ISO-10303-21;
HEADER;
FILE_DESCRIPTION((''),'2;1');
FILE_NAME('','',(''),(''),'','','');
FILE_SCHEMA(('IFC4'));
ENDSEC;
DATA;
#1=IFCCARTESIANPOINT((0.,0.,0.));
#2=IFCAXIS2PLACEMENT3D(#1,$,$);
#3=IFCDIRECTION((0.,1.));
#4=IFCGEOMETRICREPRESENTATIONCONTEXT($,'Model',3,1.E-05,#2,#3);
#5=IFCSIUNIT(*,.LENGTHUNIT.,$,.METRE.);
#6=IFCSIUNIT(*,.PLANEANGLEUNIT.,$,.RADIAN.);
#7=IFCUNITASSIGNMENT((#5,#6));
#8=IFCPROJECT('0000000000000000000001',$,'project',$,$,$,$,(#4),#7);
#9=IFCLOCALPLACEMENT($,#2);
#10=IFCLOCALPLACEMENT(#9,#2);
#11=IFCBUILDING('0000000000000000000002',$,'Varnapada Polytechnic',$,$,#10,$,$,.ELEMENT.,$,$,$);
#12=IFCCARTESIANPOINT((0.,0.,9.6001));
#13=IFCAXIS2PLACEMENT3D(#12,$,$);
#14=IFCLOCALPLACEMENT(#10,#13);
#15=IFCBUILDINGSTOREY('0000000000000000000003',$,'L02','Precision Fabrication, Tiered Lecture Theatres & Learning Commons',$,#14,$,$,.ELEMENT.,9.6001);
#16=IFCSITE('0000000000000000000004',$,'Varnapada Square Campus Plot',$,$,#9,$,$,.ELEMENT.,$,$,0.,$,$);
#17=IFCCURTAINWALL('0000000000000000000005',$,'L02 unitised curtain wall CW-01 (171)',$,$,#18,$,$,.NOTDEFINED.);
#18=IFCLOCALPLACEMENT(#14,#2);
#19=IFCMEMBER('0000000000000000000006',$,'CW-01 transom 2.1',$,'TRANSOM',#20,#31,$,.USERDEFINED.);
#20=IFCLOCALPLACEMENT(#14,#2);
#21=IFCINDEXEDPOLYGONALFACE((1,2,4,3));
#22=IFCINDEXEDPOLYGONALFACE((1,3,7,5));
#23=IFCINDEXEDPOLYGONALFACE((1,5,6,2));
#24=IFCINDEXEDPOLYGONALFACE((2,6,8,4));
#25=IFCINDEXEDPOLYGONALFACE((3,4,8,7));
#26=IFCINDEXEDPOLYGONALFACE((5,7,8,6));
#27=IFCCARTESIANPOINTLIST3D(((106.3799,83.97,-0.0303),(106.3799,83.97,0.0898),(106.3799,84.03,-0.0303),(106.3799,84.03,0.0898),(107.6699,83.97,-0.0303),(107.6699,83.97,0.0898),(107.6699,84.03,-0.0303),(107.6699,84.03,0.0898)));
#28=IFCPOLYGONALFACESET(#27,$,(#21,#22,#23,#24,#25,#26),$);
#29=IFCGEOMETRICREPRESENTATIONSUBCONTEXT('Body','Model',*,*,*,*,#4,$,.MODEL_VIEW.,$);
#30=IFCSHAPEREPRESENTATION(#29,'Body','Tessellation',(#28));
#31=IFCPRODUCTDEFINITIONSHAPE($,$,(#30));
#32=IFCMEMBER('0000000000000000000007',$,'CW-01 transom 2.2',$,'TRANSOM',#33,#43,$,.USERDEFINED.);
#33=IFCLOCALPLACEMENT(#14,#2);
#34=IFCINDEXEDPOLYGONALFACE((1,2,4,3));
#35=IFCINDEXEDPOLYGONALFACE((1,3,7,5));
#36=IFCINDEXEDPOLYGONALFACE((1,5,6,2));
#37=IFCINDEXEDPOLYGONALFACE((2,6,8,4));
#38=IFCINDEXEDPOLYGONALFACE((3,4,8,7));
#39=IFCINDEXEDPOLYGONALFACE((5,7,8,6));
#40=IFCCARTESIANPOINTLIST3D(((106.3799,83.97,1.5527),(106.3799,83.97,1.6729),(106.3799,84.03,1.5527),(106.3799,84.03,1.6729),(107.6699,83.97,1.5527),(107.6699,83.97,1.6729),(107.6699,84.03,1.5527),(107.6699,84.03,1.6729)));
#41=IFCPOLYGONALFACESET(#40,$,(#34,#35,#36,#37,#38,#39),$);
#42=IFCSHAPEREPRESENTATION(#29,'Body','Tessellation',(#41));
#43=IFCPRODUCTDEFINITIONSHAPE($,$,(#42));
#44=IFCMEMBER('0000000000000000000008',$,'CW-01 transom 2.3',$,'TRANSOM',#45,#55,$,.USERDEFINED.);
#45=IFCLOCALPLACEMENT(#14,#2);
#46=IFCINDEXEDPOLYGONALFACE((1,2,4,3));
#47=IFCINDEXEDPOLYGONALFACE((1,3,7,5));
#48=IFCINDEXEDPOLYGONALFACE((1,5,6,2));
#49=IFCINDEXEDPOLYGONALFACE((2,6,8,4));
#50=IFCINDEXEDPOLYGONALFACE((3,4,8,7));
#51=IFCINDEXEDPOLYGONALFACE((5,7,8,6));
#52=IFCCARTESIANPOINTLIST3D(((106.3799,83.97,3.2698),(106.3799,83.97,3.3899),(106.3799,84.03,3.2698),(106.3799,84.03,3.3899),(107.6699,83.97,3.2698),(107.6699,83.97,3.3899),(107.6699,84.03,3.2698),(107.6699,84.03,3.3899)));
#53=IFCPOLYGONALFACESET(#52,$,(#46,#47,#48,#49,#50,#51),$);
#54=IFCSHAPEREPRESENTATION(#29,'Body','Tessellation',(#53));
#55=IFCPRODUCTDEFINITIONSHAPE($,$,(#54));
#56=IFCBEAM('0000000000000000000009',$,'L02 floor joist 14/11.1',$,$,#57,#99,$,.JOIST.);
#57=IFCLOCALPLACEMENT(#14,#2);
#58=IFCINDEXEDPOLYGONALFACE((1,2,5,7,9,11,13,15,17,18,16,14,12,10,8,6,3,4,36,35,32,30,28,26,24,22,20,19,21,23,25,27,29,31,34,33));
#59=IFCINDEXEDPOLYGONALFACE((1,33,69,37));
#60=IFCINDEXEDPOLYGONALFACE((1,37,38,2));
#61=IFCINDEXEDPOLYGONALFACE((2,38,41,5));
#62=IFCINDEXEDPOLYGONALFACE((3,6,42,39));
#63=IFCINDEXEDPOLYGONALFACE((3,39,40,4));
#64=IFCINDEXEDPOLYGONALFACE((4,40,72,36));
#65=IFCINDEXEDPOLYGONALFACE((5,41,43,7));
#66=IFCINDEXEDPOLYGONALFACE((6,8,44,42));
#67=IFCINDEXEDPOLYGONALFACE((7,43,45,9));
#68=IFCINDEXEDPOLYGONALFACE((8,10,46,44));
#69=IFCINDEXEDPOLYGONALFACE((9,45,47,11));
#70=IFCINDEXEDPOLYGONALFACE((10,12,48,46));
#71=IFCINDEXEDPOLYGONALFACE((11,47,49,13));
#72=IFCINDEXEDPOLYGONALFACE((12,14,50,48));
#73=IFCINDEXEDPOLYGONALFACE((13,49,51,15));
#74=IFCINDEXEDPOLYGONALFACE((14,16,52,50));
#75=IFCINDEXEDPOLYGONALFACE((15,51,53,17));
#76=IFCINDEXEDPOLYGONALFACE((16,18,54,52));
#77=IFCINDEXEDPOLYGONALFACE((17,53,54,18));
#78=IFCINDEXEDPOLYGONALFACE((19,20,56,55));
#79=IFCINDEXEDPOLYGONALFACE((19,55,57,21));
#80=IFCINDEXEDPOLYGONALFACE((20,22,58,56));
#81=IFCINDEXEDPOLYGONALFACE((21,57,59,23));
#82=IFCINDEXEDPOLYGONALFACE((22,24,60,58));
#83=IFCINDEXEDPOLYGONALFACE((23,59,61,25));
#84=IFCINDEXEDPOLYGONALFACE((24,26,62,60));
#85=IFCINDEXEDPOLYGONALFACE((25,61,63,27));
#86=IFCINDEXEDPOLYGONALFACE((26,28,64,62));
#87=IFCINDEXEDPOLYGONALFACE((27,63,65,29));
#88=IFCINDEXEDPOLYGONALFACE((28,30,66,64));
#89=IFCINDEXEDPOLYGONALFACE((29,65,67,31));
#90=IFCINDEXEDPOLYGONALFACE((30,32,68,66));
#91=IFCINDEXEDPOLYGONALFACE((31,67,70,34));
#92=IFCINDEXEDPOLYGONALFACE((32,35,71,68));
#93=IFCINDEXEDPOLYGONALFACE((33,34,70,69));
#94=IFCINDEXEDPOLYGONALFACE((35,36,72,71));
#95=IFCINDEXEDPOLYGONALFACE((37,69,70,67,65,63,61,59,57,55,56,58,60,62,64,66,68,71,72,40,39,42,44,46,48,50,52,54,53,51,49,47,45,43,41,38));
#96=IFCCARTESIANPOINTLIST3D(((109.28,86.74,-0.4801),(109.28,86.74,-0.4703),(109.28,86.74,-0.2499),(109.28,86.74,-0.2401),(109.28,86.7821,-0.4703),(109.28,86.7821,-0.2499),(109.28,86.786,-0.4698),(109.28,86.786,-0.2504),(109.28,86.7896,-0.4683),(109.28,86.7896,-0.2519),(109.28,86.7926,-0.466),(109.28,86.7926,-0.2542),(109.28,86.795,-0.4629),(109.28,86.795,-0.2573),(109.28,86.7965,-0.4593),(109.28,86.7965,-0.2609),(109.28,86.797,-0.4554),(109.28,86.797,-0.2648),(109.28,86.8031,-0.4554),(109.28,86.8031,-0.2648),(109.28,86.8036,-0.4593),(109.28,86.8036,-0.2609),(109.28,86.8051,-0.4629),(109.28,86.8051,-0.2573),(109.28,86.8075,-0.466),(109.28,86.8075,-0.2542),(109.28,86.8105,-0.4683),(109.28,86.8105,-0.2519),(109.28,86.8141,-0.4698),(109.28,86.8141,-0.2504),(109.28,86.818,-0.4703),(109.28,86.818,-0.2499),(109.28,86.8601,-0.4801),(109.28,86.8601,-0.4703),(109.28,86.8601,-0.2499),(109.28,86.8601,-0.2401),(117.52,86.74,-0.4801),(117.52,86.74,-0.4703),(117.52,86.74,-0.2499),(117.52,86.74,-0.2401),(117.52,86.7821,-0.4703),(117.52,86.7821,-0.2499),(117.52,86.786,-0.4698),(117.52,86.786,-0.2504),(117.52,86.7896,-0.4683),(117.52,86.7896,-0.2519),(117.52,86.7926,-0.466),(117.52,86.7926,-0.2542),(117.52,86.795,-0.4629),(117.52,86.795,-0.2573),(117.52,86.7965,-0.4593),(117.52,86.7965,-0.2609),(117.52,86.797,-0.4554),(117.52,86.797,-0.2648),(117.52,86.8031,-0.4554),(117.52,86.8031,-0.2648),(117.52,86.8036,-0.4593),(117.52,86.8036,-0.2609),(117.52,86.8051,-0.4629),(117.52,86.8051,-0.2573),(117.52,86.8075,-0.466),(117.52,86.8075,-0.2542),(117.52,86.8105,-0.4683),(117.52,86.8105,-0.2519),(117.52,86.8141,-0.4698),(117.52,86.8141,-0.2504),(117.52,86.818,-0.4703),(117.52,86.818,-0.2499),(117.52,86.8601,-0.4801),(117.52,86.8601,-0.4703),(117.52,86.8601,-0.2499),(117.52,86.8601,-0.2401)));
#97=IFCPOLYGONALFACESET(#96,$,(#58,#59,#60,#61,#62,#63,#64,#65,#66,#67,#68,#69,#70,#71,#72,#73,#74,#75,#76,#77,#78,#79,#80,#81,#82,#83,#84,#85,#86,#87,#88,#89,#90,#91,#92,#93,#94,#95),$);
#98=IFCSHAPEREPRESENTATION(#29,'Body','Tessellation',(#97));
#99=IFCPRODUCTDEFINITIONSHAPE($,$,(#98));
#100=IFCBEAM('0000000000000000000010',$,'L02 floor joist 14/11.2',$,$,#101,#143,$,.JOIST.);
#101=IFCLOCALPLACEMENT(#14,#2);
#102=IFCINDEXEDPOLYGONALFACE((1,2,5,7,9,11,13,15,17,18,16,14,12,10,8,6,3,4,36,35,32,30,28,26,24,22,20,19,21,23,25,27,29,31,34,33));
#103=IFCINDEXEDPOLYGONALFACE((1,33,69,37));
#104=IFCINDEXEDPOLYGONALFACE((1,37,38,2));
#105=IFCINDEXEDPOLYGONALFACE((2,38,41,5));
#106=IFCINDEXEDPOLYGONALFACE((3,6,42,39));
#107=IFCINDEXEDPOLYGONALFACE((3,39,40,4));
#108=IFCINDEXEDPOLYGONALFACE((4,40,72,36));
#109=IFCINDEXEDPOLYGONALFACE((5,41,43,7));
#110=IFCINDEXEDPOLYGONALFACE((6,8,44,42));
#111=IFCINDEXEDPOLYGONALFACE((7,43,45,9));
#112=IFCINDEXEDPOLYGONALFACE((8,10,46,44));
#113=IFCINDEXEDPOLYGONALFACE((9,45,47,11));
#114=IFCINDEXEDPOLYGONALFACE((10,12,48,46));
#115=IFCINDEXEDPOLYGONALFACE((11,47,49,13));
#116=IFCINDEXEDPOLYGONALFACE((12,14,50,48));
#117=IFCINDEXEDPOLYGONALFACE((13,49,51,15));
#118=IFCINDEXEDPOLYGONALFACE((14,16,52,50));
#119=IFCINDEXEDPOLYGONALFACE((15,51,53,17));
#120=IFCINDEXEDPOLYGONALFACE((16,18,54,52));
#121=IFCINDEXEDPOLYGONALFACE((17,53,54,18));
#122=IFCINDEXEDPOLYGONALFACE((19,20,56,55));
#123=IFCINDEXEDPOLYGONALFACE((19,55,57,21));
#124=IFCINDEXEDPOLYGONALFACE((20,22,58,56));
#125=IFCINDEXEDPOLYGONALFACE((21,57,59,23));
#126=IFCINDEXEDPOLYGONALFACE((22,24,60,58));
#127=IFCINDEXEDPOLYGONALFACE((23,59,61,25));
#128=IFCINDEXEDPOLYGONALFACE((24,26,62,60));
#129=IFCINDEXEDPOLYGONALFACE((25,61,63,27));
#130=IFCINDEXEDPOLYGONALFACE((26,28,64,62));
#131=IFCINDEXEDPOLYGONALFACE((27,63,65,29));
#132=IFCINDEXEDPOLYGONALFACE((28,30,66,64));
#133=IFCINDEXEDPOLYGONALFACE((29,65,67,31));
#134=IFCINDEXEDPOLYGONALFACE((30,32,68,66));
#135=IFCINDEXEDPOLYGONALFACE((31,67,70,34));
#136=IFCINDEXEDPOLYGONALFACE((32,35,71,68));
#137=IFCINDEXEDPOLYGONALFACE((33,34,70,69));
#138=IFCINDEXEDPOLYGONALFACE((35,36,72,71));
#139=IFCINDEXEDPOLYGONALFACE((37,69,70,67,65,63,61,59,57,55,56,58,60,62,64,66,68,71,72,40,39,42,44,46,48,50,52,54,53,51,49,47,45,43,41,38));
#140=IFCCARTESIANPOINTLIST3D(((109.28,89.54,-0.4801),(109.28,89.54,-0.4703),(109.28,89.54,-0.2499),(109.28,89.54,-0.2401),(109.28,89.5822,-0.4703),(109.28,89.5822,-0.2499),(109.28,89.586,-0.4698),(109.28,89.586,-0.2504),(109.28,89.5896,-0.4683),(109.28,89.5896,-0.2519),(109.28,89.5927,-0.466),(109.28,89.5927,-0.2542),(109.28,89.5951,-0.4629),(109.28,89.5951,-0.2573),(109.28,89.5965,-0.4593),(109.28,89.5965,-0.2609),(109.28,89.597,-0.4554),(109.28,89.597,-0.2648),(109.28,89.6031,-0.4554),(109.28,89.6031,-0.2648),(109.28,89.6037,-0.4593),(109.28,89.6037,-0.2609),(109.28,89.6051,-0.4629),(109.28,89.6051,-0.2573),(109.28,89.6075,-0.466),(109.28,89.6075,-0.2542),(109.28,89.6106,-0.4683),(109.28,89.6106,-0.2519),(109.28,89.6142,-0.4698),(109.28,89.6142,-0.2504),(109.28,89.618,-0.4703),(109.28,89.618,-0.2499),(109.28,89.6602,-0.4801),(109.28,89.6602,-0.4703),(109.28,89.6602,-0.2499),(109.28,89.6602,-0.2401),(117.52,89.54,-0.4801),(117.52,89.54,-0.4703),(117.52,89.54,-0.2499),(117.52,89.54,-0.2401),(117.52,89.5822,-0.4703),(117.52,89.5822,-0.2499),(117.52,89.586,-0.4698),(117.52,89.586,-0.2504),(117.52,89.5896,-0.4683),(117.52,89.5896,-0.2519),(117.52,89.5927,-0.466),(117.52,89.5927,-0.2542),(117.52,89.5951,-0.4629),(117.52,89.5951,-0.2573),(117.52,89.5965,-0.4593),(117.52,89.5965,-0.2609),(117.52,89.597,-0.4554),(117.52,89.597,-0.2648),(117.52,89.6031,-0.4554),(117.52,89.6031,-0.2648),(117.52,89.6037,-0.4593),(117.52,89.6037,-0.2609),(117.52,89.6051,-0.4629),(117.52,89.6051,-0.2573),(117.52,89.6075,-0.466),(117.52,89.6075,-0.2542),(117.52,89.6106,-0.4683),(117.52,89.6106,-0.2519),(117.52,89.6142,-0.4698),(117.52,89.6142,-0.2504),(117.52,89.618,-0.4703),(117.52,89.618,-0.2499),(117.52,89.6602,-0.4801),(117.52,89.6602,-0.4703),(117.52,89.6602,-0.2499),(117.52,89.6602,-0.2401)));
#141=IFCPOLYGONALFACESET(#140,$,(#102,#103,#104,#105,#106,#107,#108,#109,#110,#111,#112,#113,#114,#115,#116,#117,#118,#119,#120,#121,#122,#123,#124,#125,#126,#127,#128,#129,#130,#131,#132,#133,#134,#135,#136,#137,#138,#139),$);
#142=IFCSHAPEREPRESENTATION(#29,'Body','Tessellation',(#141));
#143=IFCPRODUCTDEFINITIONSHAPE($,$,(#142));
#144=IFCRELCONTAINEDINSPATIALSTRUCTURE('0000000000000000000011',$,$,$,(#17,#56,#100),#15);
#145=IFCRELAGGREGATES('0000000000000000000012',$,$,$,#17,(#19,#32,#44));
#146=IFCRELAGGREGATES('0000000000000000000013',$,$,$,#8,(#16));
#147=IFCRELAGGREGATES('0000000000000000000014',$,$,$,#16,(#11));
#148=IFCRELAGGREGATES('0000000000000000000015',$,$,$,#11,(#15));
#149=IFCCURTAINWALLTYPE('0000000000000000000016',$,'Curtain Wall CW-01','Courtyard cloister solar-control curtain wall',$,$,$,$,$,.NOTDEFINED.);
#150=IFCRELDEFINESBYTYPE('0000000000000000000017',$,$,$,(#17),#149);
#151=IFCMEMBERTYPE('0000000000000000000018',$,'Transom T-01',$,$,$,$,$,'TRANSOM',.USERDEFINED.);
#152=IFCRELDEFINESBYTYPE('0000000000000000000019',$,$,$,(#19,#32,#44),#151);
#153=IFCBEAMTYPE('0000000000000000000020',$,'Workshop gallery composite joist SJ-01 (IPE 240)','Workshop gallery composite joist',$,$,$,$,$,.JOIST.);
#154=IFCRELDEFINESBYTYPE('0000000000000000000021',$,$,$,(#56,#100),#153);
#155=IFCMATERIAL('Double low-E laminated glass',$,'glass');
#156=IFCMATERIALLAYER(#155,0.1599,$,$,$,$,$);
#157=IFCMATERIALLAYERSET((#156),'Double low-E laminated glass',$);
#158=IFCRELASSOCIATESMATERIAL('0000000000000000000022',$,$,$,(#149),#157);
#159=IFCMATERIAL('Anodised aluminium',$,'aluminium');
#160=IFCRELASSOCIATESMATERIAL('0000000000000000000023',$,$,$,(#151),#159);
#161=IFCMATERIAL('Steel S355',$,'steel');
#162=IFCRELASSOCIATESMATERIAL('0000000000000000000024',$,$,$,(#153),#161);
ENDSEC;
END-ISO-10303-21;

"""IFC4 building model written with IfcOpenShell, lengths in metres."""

from ifc_helpers import new_model, si_unit, direction, frame, origin, origin_2d, place, context, subcontext, project, spatial, rectangle, i_section, extrude, material, layer, layer_set, material_profile, profile_set, type_object, element, aggregate, save


model = new_model("IFC4")

# Units and contexts
model_context = context("Model", 3, precision=1e-05, world=origin(), true_north=direction((0.0, 1.0)))
body_context = subcontext(model_context, "Body", "Model", "MODEL_VIEW")
ifc_project = project(units=[si_unit("LENGTHUNIT", "METRE"), si_unit("PLANEANGLEUNIT", "RADIAN")], contexts=[model_context])

# Site, building, storey
site_placement = place(None, origin())
site = spatial("IfcSite", under=ifc_project, at=site_placement, Name="Varnapada Square Campus Plot", CompositionType="ELEMENT", RefElevation=0.0)
building_placement = place(site_placement, origin())
building = spatial("IfcBuilding", under=site, at=building_placement, Name="Varnapada Polytechnic", CompositionType="ELEMENT")
storey_placement = place(building_placement, frame((0.0, 0.0, 9.6001)))
storey = spatial("IfcBuildingStorey", under=building, at=storey_placement, Name="L02", Description="Precision Fabrication, Tiered Lecture Theatres & Learning Commons", CompositionType="ELEMENT", Elevation=9.6001)

# Shared definitions
ifc_material_1 = material(Name="Steel S355", Category="steel")

# Curtain wall
ifc_material_2 = material(Name="Double low-E laminated glass", Category="glass")
ifc_layer_1 = layer(ifc_material_2, 0.1599)
ifc_layer_set_1 = layer_set([ifc_layer_1], Name="Double low-E laminated glass")
curtain_wall_type_1 = type_object("IfcCurtainWallType", Name="Curtain Wall CW-01", Description="Courtyard cloister solar-control curtain wall", PredefinedType="NOTDEFINED", material=ifc_layer_set_1)
curtain_wall_1_placement = place(storey_placement, origin())
curtain_wall_1 = element("IfcCurtainWall", 1, at=curtain_wall_1_placement, inside=storey, type_object=curtain_wall_type_1, Name="L02 unitised curtain wall CW-01 (171)", PredefinedType="NOTDEFINED")
ifc_material_3 = material(Name="Anodised aluminium", Category="aluminium")

# Members
ifc_material_profile_1 = material_profile(ifc_material_3, rectangle(XDim=0.0601, YDim=0.1201, at=origin_2d()), Name="ALU T60x120")
ifc_profile_set_1 = profile_set([ifc_material_profile_1], Name="Anodised aluminium")
member_type_1 = type_object("IfcMemberType", Name="Transom T-01", ElementType="TRANSOM", PredefinedType="USERDEFINED", material=ifc_profile_set_1)
member_1_placement = place(storey_placement, frame((107.6699, 84.0, 0.0298), z_axis=(-1.0, 0.0, 0.0), x_axis=(0.0, -1.0, 0.0)))
member_1 = element("IfcMember", 2, at=member_1_placement, type_object=member_type_1, Name="CW-01 transom 2.1", ObjectType="TRANSOM", PredefinedType="USERDEFINED", context=body_context, shape_type="SweptSolid", body=[
    extrude(rectangle(XDim=0.0601, YDim=0.1201, at=origin_2d()), origin(), (0.0, 0.0, 1.0), 1.29),
])
member_2_placement = place(storey_placement, frame((107.6699, 84.0, 1.6128), z_axis=(-1.0, 0.0, 0.0), x_axis=(0.0, -1.0, 0.0)))
member_2 = element("IfcMember", 3, at=member_2_placement, type_object=member_type_1, Name="CW-01 transom 2.2", ObjectType="TRANSOM", PredefinedType="USERDEFINED", context=body_context, shape_type="SweptSolid", body=[
    extrude(rectangle(XDim=0.0601, YDim=0.1201, at=origin_2d()), origin(), (0.0, 0.0, 1.0), 1.29),
])
member_3_placement = place(storey_placement, frame((107.6699, 84.0, 3.3298), z_axis=(-1.0, 0.0, 0.0), x_axis=(0.0, -1.0, 0.0)))
member_3 = element("IfcMember", 4, at=member_3_placement, type_object=member_type_1, Name="CW-01 transom 2.3", ObjectType="TRANSOM", PredefinedType="USERDEFINED", context=body_context, shape_type="SweptSolid", body=[
    extrude(rectangle(XDim=0.0601, YDim=0.1201, at=origin_2d()), origin(), (0.0, 0.0, 1.0), 1.29),
])

# Beams
ifc_material_profile_2 = material_profile(ifc_material_1, i_section(OverallWidth=0.1201, OverallDepth=0.24, WebThickness=0.0061, FlangeThickness=0.0098, FilletRadius=0.0149, at=origin_2d()), Name="IPE 240")
ifc_profile_set_2 = profile_set([ifc_material_profile_2], Name="Steel S355")
beam_type_1 = type_object("IfcBeamType", Name="Workshop gallery composite joist SJ-01 (IPE 240)", Description="Workshop gallery composite joist", PredefinedType="JOIST", material=ifc_profile_set_2)
for number, where, z_axis, x_axis, name in (
    (5, (109.28, 86.8, -0.3601), (1.0, 0.0, 0.0), (0.0, 1.0, 0.0), "L02 floor joist 14/11.1"),
    (6, (109.28, 89.6001, -0.3601), (1.0, 0.0, 0.0), (0.0, 1.0, 0.0), "L02 floor joist 14/11.2"),
):
    element("IfcBeam", number, at=place(storey_placement, frame(where, z_axis=z_axis, x_axis=x_axis)), inside=storey, type_object=beam_type_1, Name=name, PredefinedType="JOIST", context=body_context, shape_type="SweptSolid", body=[
        extrude(i_section(OverallWidth=0.1201, OverallDepth=0.24, WebThickness=0.0061, FlangeThickness=0.0098, FilletRadius=0.0149, at=origin_2d()), origin(), (0.0, 0.0, 1.0), 8.24),
    ])

aggregate(curtain_wall_1, [member_1, member_2, member_3])

save(model, "model.ifc")
